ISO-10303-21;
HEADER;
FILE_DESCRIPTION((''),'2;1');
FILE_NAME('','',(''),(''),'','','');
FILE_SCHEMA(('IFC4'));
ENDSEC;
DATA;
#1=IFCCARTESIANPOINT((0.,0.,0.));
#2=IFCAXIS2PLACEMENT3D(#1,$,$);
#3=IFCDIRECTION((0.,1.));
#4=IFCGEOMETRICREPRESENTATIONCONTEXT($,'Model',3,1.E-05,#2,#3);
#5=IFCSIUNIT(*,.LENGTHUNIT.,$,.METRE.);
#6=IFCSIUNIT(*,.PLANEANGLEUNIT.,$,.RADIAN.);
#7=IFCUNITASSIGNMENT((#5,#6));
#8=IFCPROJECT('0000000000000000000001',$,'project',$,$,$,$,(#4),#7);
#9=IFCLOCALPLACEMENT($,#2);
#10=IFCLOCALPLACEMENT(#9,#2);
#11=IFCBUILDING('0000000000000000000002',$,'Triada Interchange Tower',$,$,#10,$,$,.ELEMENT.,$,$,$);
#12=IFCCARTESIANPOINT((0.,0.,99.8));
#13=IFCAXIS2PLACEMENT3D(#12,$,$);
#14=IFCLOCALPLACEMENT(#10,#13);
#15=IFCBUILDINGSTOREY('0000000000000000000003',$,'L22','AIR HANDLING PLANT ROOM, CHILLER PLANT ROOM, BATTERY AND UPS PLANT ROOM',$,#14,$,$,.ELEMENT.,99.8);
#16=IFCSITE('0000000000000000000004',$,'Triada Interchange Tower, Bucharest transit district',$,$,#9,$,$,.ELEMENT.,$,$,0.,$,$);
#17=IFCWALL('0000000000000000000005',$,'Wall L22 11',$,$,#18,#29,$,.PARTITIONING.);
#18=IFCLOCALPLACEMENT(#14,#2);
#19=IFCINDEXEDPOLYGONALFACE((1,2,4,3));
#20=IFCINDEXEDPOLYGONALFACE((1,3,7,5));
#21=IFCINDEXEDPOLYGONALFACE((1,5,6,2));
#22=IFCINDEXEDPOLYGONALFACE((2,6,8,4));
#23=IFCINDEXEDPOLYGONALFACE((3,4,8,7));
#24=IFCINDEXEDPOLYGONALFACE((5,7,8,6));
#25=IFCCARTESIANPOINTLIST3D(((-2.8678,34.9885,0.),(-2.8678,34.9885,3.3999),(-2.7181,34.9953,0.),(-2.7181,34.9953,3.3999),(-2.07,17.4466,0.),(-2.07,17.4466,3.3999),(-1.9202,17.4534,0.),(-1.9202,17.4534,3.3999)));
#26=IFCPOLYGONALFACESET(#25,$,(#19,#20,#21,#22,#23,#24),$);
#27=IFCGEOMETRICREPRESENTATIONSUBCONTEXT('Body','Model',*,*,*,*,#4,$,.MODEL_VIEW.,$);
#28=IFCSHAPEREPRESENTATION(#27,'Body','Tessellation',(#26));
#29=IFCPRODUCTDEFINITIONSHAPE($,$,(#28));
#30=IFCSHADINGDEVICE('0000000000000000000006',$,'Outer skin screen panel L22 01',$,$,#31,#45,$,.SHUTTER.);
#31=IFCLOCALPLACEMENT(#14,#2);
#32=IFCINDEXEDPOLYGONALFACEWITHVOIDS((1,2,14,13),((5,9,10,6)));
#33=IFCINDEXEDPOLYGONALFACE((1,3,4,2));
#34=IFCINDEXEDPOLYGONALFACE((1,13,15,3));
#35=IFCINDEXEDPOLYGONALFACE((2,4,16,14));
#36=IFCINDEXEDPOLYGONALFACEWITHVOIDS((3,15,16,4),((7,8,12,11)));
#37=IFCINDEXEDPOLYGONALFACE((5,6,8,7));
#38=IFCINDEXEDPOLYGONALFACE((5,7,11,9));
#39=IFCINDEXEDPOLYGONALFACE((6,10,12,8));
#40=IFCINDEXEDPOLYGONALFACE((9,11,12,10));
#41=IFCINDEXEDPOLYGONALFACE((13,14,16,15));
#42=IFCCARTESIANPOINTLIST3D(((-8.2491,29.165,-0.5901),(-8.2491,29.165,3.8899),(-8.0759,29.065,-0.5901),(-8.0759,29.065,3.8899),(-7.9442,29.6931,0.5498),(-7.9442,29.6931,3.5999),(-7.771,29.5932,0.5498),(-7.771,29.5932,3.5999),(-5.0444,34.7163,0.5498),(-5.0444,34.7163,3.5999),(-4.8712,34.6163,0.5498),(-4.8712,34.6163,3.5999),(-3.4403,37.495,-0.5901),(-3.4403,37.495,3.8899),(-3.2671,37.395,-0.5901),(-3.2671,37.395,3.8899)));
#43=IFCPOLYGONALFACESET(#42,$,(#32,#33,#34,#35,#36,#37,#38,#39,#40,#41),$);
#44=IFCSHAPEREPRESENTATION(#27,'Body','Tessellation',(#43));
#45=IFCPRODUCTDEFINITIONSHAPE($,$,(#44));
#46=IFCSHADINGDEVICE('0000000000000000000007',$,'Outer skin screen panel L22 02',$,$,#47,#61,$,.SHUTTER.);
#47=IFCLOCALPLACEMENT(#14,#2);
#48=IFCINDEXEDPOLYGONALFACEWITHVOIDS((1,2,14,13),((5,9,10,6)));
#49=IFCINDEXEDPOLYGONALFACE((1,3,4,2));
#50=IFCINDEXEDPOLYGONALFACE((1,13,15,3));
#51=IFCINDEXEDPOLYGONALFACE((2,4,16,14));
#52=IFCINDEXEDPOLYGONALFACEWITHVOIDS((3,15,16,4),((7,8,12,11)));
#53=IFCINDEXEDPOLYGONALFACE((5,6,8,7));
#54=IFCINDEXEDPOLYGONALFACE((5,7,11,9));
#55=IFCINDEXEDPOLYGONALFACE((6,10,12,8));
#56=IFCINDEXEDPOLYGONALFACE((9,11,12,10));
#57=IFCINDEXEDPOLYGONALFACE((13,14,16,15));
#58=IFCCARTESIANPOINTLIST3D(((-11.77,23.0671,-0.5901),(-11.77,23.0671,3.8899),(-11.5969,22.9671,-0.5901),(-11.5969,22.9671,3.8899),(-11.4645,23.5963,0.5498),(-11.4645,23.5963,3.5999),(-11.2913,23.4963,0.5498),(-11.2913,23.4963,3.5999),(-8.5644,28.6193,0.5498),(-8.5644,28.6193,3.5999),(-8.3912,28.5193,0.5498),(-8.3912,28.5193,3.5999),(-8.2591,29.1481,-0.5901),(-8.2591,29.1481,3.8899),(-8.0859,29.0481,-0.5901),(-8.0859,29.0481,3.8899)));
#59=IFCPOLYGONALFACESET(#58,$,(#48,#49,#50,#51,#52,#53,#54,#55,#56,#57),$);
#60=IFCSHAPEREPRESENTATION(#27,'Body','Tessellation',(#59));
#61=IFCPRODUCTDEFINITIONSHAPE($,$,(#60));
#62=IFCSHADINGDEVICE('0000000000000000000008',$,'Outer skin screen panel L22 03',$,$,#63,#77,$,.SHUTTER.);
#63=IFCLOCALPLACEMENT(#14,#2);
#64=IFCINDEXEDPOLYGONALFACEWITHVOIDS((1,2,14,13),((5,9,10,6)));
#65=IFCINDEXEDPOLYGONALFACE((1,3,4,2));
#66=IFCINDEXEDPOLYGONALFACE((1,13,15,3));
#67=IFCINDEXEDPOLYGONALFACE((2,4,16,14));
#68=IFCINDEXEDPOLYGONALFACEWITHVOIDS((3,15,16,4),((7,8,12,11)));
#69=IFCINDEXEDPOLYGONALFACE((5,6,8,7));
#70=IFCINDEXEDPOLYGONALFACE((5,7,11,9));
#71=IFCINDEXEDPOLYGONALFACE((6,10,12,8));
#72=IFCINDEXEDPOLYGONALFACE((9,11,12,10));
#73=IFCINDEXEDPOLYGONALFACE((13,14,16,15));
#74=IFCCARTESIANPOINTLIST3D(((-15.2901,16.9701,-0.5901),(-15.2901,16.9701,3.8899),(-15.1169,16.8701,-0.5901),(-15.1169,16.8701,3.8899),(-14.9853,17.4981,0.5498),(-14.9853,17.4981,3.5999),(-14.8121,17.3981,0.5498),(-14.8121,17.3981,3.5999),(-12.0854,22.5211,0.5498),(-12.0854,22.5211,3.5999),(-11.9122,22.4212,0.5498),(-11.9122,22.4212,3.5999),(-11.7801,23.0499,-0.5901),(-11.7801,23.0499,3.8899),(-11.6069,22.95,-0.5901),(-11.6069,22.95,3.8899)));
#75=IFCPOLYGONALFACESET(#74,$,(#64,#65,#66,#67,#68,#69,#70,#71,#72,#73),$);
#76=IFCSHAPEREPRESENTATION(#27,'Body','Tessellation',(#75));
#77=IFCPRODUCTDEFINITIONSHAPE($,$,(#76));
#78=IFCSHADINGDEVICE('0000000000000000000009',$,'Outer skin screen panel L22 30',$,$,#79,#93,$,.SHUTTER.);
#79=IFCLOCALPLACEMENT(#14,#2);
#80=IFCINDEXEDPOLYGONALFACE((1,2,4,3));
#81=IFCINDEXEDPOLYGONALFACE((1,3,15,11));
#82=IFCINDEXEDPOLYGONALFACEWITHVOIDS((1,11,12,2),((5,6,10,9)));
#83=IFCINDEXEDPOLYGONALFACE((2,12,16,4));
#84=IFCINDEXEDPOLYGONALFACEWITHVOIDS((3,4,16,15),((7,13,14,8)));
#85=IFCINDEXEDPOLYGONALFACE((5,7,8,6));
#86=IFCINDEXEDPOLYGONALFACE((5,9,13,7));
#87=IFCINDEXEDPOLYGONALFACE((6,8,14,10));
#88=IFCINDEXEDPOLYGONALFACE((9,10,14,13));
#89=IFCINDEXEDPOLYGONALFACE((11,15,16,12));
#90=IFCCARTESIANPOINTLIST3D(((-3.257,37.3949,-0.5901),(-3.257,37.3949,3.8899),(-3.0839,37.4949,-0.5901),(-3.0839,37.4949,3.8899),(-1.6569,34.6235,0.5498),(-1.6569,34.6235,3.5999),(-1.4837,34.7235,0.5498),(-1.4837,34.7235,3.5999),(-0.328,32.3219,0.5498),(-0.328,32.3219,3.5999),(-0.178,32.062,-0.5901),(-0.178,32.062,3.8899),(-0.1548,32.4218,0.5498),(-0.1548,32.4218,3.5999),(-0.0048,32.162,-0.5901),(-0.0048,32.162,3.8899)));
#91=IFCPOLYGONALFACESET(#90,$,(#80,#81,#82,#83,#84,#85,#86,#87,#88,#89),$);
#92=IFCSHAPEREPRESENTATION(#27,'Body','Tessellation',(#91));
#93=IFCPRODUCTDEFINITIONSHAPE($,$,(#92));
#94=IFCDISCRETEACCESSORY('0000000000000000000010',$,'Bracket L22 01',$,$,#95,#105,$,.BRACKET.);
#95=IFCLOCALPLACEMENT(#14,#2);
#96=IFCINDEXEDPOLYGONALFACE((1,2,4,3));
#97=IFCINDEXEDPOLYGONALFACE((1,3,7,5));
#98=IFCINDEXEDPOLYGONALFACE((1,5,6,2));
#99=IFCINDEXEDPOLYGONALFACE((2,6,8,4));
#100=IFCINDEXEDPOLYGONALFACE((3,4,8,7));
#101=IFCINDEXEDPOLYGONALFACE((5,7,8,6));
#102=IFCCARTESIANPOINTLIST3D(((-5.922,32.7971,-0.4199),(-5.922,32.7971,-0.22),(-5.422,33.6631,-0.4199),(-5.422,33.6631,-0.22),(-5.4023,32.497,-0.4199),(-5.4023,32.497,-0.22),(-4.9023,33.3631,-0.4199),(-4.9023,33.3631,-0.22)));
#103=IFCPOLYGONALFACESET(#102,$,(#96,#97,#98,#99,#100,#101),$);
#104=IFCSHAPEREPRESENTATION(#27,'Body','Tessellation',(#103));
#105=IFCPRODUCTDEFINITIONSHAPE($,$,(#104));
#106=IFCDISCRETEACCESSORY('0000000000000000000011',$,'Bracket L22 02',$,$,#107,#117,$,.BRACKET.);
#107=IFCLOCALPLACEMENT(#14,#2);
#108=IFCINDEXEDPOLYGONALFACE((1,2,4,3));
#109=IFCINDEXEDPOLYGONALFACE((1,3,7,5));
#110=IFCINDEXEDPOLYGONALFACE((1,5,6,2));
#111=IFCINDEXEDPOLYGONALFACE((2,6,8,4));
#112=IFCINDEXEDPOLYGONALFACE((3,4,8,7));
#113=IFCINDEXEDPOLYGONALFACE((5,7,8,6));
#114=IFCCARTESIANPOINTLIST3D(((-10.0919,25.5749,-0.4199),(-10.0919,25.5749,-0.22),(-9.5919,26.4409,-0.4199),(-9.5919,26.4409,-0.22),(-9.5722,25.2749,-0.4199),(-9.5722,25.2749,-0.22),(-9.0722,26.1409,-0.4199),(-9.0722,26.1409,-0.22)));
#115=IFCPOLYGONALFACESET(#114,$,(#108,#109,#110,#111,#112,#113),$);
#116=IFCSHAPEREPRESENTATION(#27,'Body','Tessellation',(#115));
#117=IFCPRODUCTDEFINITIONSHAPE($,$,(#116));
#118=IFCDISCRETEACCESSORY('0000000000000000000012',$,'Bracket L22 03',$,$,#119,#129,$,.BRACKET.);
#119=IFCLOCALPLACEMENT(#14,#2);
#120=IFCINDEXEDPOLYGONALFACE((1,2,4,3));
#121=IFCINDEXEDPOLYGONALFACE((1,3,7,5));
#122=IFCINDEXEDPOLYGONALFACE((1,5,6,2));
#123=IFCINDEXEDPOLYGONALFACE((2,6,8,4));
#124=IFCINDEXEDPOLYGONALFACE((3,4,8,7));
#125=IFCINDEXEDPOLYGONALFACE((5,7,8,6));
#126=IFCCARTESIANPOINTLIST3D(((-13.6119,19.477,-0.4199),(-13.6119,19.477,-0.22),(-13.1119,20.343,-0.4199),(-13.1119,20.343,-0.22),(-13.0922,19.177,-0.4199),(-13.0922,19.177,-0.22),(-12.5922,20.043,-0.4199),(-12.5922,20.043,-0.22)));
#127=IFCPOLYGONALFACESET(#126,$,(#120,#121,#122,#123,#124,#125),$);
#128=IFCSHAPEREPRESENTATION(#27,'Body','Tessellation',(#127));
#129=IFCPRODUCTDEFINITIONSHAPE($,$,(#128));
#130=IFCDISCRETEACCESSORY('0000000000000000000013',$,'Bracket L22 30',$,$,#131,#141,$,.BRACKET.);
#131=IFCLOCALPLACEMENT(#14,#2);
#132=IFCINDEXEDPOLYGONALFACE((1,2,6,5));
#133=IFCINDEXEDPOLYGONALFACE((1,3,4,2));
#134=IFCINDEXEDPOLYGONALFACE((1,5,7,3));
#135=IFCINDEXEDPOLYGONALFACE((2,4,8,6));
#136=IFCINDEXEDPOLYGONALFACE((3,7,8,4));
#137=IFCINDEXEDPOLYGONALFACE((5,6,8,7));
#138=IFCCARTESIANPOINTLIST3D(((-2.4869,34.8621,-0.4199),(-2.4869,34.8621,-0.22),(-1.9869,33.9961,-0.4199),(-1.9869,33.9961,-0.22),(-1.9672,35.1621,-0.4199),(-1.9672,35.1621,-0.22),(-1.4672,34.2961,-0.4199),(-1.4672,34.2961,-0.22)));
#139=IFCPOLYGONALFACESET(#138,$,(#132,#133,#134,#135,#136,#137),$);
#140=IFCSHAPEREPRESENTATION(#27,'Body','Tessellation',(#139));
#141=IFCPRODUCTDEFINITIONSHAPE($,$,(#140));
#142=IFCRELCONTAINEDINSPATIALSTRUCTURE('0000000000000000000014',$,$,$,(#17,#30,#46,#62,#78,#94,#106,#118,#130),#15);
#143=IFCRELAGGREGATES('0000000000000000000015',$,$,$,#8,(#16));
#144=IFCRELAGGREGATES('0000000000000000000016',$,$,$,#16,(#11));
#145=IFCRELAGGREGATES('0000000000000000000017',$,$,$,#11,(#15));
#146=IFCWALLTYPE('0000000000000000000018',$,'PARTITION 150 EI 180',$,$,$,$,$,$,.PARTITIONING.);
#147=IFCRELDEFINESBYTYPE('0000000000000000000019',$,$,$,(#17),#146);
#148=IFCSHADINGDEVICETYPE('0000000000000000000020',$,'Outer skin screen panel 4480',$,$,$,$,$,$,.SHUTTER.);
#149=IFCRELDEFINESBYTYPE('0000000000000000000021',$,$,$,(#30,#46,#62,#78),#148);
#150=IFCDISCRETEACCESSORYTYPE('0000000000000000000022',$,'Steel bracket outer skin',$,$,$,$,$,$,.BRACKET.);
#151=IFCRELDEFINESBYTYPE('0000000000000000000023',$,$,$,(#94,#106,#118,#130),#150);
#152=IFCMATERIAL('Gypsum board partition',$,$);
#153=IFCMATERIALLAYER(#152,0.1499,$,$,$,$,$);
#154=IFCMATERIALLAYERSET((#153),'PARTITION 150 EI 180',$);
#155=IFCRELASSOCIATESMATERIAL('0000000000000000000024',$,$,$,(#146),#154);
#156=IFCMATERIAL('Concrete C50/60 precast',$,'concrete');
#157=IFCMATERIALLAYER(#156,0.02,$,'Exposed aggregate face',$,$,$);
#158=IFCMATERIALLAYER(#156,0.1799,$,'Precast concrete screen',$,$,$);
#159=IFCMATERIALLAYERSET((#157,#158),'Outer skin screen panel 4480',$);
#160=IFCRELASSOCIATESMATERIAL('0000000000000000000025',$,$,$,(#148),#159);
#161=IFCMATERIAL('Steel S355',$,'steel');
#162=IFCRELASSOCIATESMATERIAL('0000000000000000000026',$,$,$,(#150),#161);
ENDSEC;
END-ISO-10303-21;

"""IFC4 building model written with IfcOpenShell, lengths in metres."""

from ifc_helpers import new_model, si_unit, direction, frame, frame_2d, origin, origin_2d, place, context, subcontext, project, spatial, polyline, rectangle, outline, extrude, material, layer, layer_set, type_object, element, save


model = new_model("IFC4")

# Units and contexts
model_context = context("Model", 3, precision=1e-05, world=origin(), true_north=direction((0.0, 1.0)))
body_context = subcontext(model_context, "Body", "Model", "MODEL_VIEW")
ifc_project = project(units=[si_unit("LENGTHUNIT", "METRE"), si_unit("PLANEANGLEUNIT", "RADIAN")], contexts=[model_context])

# Site, building, storey
site_placement = place(None, origin())
site = spatial("IfcSite", under=ifc_project, at=site_placement, Name="Triada Interchange Tower, Bucharest transit district", CompositionType="ELEMENT", RefElevation=0.0)
building_placement = place(site_placement, origin())
building = spatial("IfcBuilding", under=site, at=building_placement, Name="Triada Interchange Tower", CompositionType="ELEMENT")
storey_placement = place(building_placement, frame((0.0, 0.0, 99.8)))
storey = spatial("IfcBuildingStorey", under=building, at=storey_placement, Name="L22", Description="AIR HANDLING PLANT ROOM, CHILLER PLANT ROOM, BATTERY AND UPS PLANT ROOM", CompositionType="ELEMENT", Elevation=99.8)

# Shared definitions
ifc_material_1 = material(Name="Steel S355", Category="steel")

# Wall
ifc_material_2 = material(Name="Gypsum board partition")
ifc_layer_1 = layer(ifc_material_2, 0.1499)
ifc_layer_set_1 = layer_set([ifc_layer_1], Name="PARTITION 150 EI 180")
wall_type_1 = type_object("IfcWallType", Name="PARTITION 150 EI 180", PredefinedType="PARTITIONING", material=ifc_layer_set_1)
wall_1_placement = place(storey_placement, frame((-2.793, 34.9919, 0.0), z_axis=(0.0, 0.0, 1.0), x_axis=(0.045435, -0.998967, 0.0)))
element("IfcWall", 1, at=wall_1_placement, inside=storey, type_object=wall_type_1, Name="Wall L22 11", PredefinedType="PARTITIONING", context=body_context, shape_type="SweptSolid", body=[
    extrude(rectangle(XDim=17.5601, YDim=0.1499, at=frame_2d((8.78, 0.0))), origin(), (0.0, 0.0, 1.0), 3.3999),
])

# Shading devices
ifc_material_3 = material(Name="Concrete C50/60 precast", Category="concrete")
ifc_layer_2 = layer(ifc_material_3, 0.02, Name="Exposed aggregate face")
ifc_layer_3 = layer(ifc_material_3, 0.1799, Name="Precast concrete screen")
ifc_layer_set_2 = layer_set([ifc_layer_2, ifc_layer_3], Name="Outer skin screen panel 4480")
shading_device_type = type_object("IfcShadingDeviceType", Name="Outer skin screen panel 4480", PredefinedType="SHUTTER", material=ifc_layer_set_2)
shading_device_1_placement = place(storey_placement, frame((-3.2671, 37.395, -0.5901), z_axis=(0.0, 0.0, 1.0), x_axis=(-0.499958, -0.866049, 0.0)))
element("IfcShadingDevice", 2, at=shading_device_1_placement, inside=storey, type_object=shading_device_type, Name="Outer skin screen panel L22 01", PredefinedType="SHUTTER", context=body_context, shape_type="SweptSolid", body=[
    extrude(outline(polyline([(0.0, 0.0), (9.6184, 0.0), (9.6184, 4.48), (0.0, 4.48), (0.0, 0.0)]), holes=[polyline([(3.2085, 1.1399), (3.2085, 4.1899), (9.0085, 4.1899), (9.0085, 1.1399), (3.2085, 1.1399)])]), frame((0.0, 0.0, 0.0), z_axis=(0.0, -1.0, 0.0), x_axis=(1.0, 0.0, 0.0)), (0.0, 0.0, 1.0), 0.2),
])
shading_device_2_placement = place(storey_placement, frame((-8.0859, 29.0481, -0.5901), z_axis=(0.0, 0.0, 1.0), x_axis=(-0.500009, -0.86602, 0.0)))
element("IfcShadingDevice", 3, at=shading_device_2_placement, inside=storey, type_object=shading_device_type, Name="Outer skin screen panel L22 02", PredefinedType="SHUTTER", context=body_context, shape_type="SweptSolid", body=[
    extrude(outline(polyline([(0.0, 0.0), (7.0217, 0.0), (7.0217, 4.48), (0.0, 4.48), (0.0, 0.0)]), holes=[polyline([(0.6106, 1.1399), (0.6106, 4.1899), (6.4106, 4.1899), (6.4106, 1.1399), (0.6106, 1.1399)])]), frame((0.0, 0.0, 0.0), z_axis=(0.0, -1.0, 0.0), x_axis=(1.0, 0.0, 0.0)), (0.0, 0.0, 1.0), 0.2),
])
shading_device_3_placement = place(storey_placement, frame((-11.6069, 22.95, -0.5901), z_axis=(0.0, 0.0, 1.0), x_axis=(-0.49998, -0.866037, 0.0)))
element("IfcShadingDevice", 4, at=shading_device_3_placement, inside=storey, type_object=shading_device_type, Name="Outer skin screen panel L22 03", PredefinedType="SHUTTER", context=body_context, shape_type="SweptSolid", body=[
    extrude(outline(polyline([(0.0, 0.0), (7.0203, 0.0), (7.0203, 4.48), (0.0, 4.48), (0.0, 0.0)]), holes=[polyline([(0.6106, 1.1399), (0.6106, 4.1899), (6.4106, 4.1899), (6.4106, 1.1399), (0.6106, 1.1399)])]), frame((0.0, 0.0, 0.0), z_axis=(0.0, -1.0, 0.0), x_axis=(1.0, 0.0, 0.0)), (0.0, 0.0, 1.0), 0.2),
])
shading_device_4_placement = place(storey_placement, frame((-0.178, 32.062, -0.5901), z_axis=(0.0, 0.0, 1.0), x_axis=(-0.500011, 0.866019, 0.0)))
element("IfcShadingDevice", 5, at=shading_device_4_placement, inside=storey, type_object=shading_device_type, Name="Outer skin screen panel L22 30", PredefinedType="SHUTTER", context=body_context, shape_type="SweptSolid", body=[
    extrude(outline(polyline([(0.0, 0.0), (6.158, 0.0), (6.158, 4.48), (0.0, 4.48), (0.0, 0.0)]), holes=[polyline([(0.3, 1.1399), (0.3, 4.1899), (2.9578, 4.1899), (2.9578, 1.1399), (0.3, 1.1399)])]), frame((0.0, 0.0, 0.0), z_axis=(0.0, -1.0, 0.0), x_axis=(1.0, 0.0, 0.0)), (0.0, 0.0, 1.0), 0.2),
])

# Discrete accessories
discrete_accessory_type = type_object("IfcDiscreteAccessoryType", Name="Steel bracket outer skin", PredefinedType="BRACKET", material=ifc_material_1)
for number, where, z_axis, x_axis, name in (
    (6, (-5.4121, 33.0801, -0.4199), (0.0, 0.0, 1.0), (-0.86603, 0.499993, 0.0), "Bracket L22 01"),
    (7, (-9.582, 25.8579, -0.4199), (0.0, 0.0, 1.0), (-0.86603, 0.499993, 0.0), "Bracket L22 02"),
    (8, (-13.1021, 19.76, -0.4199), (0.0, 0.0, 1.0), (-0.86603, 0.499993, 0.0), "Bracket L22 03"),
    (9, (-1.9771, 34.5791, -0.4199), (0.0, 0.0, 1.0), (0.866066, 0.49993, 0.0), "Bracket L22 30"),
):
    element("IfcDiscreteAccessory", number, at=place(storey_placement, frame(where, z_axis=z_axis, x_axis=x_axis)), inside=storey, type_object=discrete_accessory_type, Name=name, PredefinedType="BRACKET", context=body_context, shape_type="SweptSolid", body=[
        extrude(rectangle(XDim=0.6001, YDim=1.0, at=origin_2d()), origin(), (0.0, 0.0, 1.0), 0.2),
    ])

save(model, "model.ifc")
